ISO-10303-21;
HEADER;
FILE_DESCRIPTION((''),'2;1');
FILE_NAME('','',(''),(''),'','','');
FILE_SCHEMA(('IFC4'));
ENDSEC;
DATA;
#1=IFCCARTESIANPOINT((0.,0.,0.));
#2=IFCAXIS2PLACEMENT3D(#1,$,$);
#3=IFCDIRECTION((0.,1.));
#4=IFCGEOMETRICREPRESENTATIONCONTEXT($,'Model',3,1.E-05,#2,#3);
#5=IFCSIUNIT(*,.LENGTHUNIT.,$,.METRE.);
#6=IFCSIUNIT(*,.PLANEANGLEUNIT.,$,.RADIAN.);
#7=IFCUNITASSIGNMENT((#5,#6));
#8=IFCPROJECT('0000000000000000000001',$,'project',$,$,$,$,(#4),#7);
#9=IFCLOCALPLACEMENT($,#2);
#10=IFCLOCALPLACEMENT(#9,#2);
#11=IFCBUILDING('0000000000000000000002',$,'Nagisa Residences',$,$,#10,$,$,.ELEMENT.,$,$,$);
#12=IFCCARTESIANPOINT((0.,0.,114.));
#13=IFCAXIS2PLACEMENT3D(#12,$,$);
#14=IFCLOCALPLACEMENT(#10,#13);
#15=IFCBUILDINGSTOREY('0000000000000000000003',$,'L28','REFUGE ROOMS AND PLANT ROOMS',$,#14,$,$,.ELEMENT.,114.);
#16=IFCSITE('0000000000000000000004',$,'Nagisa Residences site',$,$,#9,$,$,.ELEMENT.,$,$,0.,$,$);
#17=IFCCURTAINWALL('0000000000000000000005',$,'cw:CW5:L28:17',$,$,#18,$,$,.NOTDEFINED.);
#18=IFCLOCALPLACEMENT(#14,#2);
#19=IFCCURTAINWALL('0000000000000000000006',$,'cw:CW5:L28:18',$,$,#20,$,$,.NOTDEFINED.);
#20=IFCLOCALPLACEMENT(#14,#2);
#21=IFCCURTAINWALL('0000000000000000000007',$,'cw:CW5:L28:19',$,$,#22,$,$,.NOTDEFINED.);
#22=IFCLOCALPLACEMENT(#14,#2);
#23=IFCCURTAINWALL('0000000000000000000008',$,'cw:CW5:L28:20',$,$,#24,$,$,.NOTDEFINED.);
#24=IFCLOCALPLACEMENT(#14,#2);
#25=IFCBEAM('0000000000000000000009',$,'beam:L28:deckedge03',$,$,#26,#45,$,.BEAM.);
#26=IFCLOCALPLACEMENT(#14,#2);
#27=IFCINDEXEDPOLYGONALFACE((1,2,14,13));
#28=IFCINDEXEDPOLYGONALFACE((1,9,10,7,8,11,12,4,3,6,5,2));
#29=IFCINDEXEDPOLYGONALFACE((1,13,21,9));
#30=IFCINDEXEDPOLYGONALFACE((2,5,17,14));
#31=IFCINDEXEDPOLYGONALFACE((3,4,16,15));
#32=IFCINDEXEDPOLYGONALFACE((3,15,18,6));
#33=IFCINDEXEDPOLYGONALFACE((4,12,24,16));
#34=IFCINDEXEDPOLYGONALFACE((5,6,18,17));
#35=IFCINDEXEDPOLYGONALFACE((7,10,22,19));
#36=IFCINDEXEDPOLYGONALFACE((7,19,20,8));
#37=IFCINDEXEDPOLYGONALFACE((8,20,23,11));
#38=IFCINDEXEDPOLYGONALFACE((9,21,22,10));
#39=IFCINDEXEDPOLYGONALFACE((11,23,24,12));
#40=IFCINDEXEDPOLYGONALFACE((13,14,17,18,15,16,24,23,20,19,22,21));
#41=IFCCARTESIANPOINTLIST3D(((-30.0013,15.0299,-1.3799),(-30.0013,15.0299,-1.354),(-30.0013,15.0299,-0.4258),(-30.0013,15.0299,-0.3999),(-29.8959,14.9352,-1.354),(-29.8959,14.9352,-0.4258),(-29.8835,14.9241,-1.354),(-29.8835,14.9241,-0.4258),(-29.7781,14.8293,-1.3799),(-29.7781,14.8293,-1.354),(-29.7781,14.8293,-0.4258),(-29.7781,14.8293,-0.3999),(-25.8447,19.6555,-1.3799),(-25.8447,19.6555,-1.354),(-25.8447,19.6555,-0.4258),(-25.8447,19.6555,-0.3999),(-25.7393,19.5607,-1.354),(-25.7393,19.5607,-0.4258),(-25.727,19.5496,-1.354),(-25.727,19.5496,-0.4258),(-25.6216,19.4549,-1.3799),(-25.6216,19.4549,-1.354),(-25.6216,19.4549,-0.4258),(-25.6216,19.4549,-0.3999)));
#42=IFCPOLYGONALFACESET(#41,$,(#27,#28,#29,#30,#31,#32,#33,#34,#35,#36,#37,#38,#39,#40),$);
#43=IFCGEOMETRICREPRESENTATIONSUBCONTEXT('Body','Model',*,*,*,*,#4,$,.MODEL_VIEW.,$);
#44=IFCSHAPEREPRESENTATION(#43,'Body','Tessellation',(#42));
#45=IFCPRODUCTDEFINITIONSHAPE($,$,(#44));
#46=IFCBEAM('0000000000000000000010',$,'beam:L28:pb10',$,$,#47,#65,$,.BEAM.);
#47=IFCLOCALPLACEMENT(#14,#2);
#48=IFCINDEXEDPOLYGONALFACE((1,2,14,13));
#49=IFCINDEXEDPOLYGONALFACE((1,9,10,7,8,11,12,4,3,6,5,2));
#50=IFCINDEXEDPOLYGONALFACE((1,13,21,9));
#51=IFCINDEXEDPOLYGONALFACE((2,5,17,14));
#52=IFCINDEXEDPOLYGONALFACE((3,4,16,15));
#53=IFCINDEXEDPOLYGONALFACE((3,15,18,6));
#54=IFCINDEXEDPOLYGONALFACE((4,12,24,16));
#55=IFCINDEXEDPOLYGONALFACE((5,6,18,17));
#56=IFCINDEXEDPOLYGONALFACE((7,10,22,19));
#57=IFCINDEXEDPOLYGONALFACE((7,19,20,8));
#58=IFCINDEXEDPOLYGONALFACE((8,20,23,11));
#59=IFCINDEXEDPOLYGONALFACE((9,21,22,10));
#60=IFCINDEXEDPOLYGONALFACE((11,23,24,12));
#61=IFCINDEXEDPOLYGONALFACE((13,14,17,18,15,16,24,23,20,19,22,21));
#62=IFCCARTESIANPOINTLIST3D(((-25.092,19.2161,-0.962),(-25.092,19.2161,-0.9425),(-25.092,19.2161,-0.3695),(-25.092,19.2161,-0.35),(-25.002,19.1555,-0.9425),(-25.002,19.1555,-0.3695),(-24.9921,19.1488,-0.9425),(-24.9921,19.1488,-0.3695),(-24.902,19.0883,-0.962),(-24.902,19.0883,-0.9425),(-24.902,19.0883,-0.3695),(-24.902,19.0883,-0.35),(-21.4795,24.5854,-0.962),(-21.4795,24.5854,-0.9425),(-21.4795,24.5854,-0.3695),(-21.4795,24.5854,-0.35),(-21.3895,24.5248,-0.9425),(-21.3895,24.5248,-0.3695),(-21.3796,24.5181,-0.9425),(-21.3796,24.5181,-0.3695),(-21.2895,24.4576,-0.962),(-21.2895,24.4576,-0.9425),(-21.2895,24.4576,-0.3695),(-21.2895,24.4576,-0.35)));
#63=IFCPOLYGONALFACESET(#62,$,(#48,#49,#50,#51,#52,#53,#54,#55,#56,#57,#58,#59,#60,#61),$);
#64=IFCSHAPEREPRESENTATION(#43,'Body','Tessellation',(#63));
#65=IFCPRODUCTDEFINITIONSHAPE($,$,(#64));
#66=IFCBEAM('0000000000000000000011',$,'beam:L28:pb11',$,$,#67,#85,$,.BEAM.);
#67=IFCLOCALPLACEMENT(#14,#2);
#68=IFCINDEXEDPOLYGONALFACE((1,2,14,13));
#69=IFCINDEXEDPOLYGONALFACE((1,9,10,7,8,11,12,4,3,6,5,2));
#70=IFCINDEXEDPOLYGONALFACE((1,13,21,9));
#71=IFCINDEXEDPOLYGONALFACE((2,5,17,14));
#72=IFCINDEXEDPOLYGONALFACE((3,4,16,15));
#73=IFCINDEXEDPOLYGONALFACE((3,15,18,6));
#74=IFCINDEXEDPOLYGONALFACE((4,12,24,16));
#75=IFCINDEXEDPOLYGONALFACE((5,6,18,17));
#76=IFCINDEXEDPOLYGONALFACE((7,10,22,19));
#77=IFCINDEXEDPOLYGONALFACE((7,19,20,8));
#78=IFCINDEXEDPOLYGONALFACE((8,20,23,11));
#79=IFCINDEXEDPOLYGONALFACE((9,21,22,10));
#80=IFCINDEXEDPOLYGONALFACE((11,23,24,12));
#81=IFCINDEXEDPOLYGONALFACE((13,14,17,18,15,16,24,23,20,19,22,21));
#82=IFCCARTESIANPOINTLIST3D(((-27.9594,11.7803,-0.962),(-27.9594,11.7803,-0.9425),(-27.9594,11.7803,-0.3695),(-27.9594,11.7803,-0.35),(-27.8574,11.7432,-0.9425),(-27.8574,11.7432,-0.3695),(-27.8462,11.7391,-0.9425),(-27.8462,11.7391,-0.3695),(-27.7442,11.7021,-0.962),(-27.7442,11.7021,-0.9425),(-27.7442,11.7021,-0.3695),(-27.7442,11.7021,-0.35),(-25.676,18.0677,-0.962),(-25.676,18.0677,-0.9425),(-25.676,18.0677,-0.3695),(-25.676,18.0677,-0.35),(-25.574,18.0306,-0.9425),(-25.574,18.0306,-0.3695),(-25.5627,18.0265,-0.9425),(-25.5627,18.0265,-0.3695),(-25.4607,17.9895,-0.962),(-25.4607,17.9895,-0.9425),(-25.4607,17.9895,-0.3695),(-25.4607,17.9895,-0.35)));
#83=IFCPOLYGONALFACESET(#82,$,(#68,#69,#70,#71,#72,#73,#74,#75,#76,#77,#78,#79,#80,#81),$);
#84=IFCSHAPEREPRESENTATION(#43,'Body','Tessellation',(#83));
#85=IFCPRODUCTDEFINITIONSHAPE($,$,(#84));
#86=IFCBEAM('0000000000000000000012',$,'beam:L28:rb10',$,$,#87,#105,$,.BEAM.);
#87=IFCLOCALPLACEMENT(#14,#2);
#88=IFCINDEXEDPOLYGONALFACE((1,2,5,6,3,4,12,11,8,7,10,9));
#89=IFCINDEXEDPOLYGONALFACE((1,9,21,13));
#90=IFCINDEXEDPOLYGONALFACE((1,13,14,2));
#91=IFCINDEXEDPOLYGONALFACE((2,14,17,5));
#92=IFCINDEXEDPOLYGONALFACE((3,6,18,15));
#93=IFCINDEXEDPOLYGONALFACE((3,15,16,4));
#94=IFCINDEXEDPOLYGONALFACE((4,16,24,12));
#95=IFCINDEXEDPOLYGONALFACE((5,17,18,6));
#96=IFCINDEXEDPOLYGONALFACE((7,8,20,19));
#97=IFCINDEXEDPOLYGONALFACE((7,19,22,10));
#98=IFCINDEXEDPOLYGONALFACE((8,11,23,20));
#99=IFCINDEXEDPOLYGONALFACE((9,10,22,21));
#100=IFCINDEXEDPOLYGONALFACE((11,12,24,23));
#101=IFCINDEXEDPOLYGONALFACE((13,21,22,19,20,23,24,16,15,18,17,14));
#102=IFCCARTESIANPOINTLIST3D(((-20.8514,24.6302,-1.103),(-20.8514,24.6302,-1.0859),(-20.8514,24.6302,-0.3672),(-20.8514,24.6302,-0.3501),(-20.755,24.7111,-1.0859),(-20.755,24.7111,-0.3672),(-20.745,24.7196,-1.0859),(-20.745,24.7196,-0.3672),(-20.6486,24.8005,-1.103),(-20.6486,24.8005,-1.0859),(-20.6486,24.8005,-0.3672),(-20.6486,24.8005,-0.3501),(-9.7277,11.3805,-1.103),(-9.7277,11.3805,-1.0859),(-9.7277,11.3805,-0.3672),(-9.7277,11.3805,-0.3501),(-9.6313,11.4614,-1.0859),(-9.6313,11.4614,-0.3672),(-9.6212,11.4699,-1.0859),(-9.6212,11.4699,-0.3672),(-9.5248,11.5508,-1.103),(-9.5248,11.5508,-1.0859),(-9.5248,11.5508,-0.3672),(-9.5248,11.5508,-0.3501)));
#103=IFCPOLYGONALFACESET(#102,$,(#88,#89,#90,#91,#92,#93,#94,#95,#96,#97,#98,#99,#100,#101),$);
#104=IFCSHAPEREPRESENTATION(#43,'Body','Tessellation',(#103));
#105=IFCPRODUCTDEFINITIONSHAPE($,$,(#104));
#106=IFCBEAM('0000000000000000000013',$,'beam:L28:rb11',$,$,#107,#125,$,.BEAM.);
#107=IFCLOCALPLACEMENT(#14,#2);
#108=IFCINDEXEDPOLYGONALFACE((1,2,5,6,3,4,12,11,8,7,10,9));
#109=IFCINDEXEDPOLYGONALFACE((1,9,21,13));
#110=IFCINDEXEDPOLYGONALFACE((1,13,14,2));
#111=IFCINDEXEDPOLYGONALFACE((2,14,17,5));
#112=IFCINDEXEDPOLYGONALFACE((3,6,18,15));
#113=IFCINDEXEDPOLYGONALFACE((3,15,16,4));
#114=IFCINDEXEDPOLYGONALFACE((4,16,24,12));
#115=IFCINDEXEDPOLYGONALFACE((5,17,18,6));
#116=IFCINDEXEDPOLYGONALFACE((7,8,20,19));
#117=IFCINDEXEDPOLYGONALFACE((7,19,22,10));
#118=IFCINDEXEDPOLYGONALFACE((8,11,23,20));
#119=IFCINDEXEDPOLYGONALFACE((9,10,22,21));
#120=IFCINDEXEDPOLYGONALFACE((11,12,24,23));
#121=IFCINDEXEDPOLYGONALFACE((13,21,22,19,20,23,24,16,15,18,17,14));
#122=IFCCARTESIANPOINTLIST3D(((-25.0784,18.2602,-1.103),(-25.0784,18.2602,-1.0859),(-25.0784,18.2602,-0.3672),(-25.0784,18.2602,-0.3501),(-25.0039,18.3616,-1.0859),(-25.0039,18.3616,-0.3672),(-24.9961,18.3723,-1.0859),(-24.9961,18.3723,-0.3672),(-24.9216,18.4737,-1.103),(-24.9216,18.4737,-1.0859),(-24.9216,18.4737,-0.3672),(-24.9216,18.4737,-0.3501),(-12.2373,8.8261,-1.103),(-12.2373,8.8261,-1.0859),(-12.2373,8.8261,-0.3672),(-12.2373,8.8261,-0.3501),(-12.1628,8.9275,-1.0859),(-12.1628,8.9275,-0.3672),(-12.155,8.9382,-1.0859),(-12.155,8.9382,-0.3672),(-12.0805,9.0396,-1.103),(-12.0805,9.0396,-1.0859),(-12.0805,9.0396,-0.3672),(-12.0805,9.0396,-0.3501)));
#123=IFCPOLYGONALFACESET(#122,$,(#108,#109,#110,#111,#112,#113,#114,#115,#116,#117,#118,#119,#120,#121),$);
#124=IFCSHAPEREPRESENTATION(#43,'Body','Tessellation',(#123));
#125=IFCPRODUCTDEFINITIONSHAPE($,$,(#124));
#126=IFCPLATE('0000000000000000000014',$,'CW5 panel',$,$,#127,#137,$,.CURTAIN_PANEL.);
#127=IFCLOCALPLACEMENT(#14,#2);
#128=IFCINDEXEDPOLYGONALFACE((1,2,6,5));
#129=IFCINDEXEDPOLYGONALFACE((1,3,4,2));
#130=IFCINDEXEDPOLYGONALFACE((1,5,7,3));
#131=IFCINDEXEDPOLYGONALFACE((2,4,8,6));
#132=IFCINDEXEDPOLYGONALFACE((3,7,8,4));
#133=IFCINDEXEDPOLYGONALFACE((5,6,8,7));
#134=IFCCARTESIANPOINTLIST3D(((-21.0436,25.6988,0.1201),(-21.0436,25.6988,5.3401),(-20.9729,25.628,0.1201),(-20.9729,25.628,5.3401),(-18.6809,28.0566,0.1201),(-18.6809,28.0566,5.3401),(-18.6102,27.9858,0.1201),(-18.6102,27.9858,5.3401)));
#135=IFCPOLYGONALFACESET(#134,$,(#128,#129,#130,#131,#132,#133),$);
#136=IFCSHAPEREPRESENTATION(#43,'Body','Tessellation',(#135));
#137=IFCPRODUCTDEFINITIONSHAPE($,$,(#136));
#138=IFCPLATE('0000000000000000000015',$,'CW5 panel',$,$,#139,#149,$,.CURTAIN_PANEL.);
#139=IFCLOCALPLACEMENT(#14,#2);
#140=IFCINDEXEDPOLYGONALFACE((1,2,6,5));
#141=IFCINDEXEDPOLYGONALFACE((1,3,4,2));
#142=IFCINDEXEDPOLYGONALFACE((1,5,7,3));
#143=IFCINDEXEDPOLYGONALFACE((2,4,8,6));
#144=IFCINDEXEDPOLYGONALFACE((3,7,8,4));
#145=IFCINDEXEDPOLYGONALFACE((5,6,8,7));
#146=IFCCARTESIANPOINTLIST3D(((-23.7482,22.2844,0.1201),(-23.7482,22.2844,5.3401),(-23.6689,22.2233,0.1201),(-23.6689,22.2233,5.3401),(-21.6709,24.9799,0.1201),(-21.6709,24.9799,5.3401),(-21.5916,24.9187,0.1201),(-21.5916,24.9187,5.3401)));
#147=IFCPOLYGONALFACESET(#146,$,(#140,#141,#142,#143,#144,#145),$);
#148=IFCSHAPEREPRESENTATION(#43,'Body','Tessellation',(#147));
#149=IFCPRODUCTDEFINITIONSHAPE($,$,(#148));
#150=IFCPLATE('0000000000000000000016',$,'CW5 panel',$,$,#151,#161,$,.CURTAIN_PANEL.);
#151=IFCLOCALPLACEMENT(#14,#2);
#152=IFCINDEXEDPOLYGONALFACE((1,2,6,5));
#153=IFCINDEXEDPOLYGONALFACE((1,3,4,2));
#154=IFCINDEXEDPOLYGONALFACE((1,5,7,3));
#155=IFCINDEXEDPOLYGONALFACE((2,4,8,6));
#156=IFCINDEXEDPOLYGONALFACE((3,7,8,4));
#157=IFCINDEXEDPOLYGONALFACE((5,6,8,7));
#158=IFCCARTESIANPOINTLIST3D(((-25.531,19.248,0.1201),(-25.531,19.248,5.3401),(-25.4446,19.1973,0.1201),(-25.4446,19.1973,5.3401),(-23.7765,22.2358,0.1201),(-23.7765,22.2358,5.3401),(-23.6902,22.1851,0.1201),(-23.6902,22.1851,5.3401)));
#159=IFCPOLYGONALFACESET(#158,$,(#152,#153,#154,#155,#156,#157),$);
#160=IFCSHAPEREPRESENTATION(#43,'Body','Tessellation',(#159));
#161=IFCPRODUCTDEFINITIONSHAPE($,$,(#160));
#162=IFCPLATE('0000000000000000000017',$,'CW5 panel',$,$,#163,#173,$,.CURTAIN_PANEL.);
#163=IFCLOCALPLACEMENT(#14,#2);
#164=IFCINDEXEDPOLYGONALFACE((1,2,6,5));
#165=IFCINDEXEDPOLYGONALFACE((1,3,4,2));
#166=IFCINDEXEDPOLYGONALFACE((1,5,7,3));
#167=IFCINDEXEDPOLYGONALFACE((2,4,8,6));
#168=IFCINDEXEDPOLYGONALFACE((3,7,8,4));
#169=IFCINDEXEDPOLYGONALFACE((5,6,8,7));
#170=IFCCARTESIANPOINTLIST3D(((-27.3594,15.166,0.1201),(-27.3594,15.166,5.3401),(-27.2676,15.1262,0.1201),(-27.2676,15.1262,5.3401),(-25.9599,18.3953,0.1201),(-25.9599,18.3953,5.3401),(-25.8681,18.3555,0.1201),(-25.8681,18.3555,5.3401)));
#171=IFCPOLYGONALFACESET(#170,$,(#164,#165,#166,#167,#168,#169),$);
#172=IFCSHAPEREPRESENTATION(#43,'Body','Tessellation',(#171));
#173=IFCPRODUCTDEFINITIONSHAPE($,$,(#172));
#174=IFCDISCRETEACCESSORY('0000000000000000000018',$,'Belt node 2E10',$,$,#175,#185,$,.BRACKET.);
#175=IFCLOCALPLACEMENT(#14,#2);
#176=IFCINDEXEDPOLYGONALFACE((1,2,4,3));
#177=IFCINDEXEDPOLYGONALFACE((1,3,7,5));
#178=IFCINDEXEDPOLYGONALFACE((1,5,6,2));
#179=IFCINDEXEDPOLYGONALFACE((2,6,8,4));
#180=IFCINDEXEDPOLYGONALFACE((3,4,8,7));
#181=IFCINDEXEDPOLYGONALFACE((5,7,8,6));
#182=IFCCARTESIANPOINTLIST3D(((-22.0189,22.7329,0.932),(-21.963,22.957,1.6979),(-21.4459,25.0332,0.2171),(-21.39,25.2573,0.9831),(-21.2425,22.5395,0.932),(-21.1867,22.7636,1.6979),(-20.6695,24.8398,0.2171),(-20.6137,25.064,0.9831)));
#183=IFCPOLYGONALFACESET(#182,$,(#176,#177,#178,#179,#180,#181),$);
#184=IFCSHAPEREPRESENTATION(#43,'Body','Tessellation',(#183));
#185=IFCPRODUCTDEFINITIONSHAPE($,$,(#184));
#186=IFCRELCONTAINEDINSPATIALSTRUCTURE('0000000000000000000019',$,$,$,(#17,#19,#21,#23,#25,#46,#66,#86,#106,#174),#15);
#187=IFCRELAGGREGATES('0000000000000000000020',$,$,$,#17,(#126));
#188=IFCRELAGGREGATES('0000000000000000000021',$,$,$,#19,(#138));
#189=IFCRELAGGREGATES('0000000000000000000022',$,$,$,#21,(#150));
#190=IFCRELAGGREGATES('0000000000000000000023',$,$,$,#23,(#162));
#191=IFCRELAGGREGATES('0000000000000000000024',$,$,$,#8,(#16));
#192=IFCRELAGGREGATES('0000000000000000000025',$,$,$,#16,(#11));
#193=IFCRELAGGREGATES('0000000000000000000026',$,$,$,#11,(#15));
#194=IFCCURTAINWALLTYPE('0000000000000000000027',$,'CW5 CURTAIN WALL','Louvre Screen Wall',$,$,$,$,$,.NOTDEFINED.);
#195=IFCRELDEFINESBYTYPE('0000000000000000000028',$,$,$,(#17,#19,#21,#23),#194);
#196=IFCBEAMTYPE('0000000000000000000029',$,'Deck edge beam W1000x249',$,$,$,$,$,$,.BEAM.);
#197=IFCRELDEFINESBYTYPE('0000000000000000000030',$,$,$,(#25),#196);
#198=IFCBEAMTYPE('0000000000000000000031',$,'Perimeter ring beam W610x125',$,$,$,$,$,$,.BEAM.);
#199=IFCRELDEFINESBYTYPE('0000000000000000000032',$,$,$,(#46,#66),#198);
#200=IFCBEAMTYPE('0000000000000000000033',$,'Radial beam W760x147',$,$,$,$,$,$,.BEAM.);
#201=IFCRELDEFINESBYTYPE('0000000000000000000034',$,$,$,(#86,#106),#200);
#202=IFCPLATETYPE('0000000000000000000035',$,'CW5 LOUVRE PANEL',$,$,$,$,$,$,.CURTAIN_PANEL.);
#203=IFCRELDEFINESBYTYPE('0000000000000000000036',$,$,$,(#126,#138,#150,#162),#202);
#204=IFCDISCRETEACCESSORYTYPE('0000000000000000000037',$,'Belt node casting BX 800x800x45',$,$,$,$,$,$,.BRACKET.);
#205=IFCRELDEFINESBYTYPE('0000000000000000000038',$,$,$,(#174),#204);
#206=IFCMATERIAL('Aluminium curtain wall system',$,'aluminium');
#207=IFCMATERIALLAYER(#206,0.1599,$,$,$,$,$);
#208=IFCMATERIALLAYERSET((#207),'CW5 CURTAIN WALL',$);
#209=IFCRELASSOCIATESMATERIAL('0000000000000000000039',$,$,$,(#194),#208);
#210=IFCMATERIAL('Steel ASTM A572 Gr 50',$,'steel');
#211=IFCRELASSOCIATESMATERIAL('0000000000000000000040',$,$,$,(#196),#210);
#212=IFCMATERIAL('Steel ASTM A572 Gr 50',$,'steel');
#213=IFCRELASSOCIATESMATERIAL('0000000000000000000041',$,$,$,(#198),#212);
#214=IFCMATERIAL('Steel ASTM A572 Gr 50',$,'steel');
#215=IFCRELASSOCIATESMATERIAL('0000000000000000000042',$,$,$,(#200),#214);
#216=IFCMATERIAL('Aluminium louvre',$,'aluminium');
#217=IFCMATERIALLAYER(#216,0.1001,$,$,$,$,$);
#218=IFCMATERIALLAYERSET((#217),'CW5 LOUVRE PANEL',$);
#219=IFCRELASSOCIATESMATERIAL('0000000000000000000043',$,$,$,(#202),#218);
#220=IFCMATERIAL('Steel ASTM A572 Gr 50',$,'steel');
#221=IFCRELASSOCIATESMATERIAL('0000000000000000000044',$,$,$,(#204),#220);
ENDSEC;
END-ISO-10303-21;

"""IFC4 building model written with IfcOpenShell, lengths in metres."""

from ifc_helpers import new_model, si_unit, direction, frame, origin, origin_2d, place, context, subcontext, project, spatial, rectangle, i_section, extrude, material, layer, layer_set, material_profile, profile_set, type_object, element, aggregate, save


model = new_model("IFC4")

# Units and contexts
model_context = context("Model", 3, precision=1e-05, world=origin(), true_north=direction((0.0, 1.0)))
body_context = subcontext(model_context, "Body", "Model", "MODEL_VIEW")
ifc_project = project(units=[si_unit("LENGTHUNIT", "METRE"), si_unit("PLANEANGLEUNIT", "RADIAN")], contexts=[model_context])

# Site, building, storey
site_placement = place(None, origin())
site = spatial("IfcSite", under=ifc_project, at=site_placement, Name="Nagisa Residences site", CompositionType="ELEMENT", RefElevation=0.0)
building_placement = place(site_placement, origin())
building = spatial("IfcBuilding", under=site, at=building_placement, Name="Nagisa Residences", CompositionType="ELEMENT")
storey_placement = place(building_placement, frame((0.0, 0.0, 114.0)))
storey = spatial("IfcBuildingStorey", under=building, at=storey_placement, Name="L28", Description="REFUGE ROOMS AND PLANT ROOMS", CompositionType="ELEMENT", Elevation=114.0)

# Curtain walls
ifc_material_1 = material(Name="Aluminium curtain wall system", Category="aluminium")
ifc_layer_1 = layer(ifc_material_1, 0.1599)
ifc_layer_set_1 = layer_set([ifc_layer_1], Name="CW5 CURTAIN WALL")
curtain_wall_type = type_object("IfcCurtainWallType", Name="CW5 CURTAIN WALL", Description="Louvre Screen Wall", PredefinedType="NOTDEFINED", material=ifc_layer_set_1)
curtain_wall_1_placement = place(storey_placement, origin())
curtain_wall_1 = element("IfcCurtainWall", 1, at=curtain_wall_1_placement, inside=storey, type_object=curtain_wall_type, Name="cw:CW5:L28:17", PredefinedType="NOTDEFINED")
curtain_wall_2_placement = place(storey_placement, origin())
curtain_wall_2 = element("IfcCurtainWall", 2, at=curtain_wall_2_placement, inside=storey, type_object=curtain_wall_type, Name="cw:CW5:L28:18", PredefinedType="NOTDEFINED")
curtain_wall_3_placement = place(storey_placement, origin())
curtain_wall_3 = element("IfcCurtainWall", 3, at=curtain_wall_3_placement, inside=storey, type_object=curtain_wall_type, Name="cw:CW5:L28:19", PredefinedType="NOTDEFINED")
curtain_wall_4_placement = place(storey_placement, origin())
curtain_wall_4 = element("IfcCurtainWall", 4, at=curtain_wall_4_placement, inside=storey, type_object=curtain_wall_type, Name="cw:CW5:L28:20", PredefinedType="NOTDEFINED")

# Beams
ifc_material_2 = material(Name="Steel ASTM A572 Gr 50", Category="steel")
ifc_material_profile_1 = material_profile(ifc_material_2, i_section(OverallWidth=0.3, OverallDepth=0.98, WebThickness=0.0166, FlangeThickness=0.0259, at=origin_2d()), Name="W1000x249")
ifc_profile_set_1 = profile_set([ifc_material_profile_1], Name="Steel ASTM A572 Gr 50")
beam_type_1 = type_object("IfcBeamType", Name="Deck edge beam W1000x249", PredefinedType="BEAM", material=ifc_profile_set_1)
beam_1_placement = place(storey_placement, frame((-25.7332, 19.5552, -0.8899), z_axis=(-0.668392, -0.743809, 0.0), x_axis=(0.743809, -0.668392, 0.0)))
element("IfcBeam", 5, at=beam_1_placement, inside=storey, type_object=beam_type_1, Name="beam:L28:deckedge03", PredefinedType="BEAM", context=body_context, shape_type="SweptSolid", body=[
    extrude(i_section(OverallWidth=0.3, OverallDepth=0.98, WebThickness=0.0166, FlangeThickness=0.0259, at=origin_2d()), origin(), (0.0, 0.0, 1.0), 6.2188),
])
ifc_material_3 = material(Name="Steel ASTM A572 Gr 50", Category="steel")
ifc_material_profile_2 = material_profile(ifc_material_3, i_section(OverallWidth=0.229, OverallDepth=0.6121, WebThickness=0.012, FlangeThickness=0.0195, at=origin_2d()), Name="W610x125")
ifc_profile_set_2 = profile_set([ifc_material_profile_2], Name="Steel ASTM A572 Gr 50")
beam_type_2 = type_object("IfcBeamType", Name="Perimeter ring beam W610x125", PredefinedType="BEAM", material=ifc_profile_set_2)
beam_2_placement = place(storey_placement, frame((-21.3845, 24.5215, -0.656), z_axis=(-0.558221, -0.829692, 0.0), x_axis=(0.829692, -0.558221, 0.0)))
element("IfcBeam", 6, at=beam_2_placement, inside=storey, type_object=beam_type_2, Name="beam:L28:pb10", PredefinedType="BEAM", context=body_context, shape_type="SweptSolid", body=[
    extrude(i_section(OverallWidth=0.229, OverallDepth=0.6121, WebThickness=0.012, FlangeThickness=0.0195, at=origin_2d()), origin(), (0.0, 0.0, 1.0), 6.4714),
])
beam_3_placement = place(storey_placement, frame((-25.5684, 18.0286, -0.656), z_axis=(-0.341365, -0.939931, 0.0), x_axis=(0.939931, -0.341365, 0.0)))
element("IfcBeam", 7, at=beam_3_placement, inside=storey, type_object=beam_type_2, Name="beam:L28:pb11", PredefinedType="BEAM", context=body_context, shape_type="SweptSolid", body=[
    extrude(i_section(OverallWidth=0.229, OverallDepth=0.6121, WebThickness=0.012, FlangeThickness=0.0195, at=origin_2d()), origin(), (0.0, 0.0, 1.0), 6.6892),
])
ifc_material_4 = material(Name="Steel ASTM A572 Gr 50", Category="steel")
ifc_material_profile_3 = material_profile(ifc_material_4, i_section(OverallWidth=0.2649, OverallDepth=0.7529, WebThickness=0.0132, FlangeThickness=0.0171, at=origin_2d()), Name="W760x147")
ifc_profile_set_3 = profile_set([ifc_material_profile_3], Name="Steel ASTM A572 Gr 50")
beam_type_3 = type_object("IfcBeamType", Name="Radial beam W760x147", PredefinedType="BEAM", material=ifc_profile_set_3)
beam_4_placement = place(storey_placement, frame((-20.75, 24.7153, -0.7266), z_axis=(0.642988, -0.765876, 0.0), x_axis=(0.765876, 0.642988, 0.0)))
element("IfcBeam", 8, at=beam_4_placement, inside=storey, type_object=beam_type_3, Name="beam:L28:rb10", PredefinedType="BEAM", context=body_context, shape_type="SweptSolid", body=[
    extrude(i_section(OverallWidth=0.2649, OverallDepth=0.7529, WebThickness=0.0132, FlangeThickness=0.0171, at=origin_2d()), origin(), (0.0, 0.0, 1.0), 17.3),
])
beam_5_placement = place(storey_placement, frame((-25.0, 18.3669, -0.7266), z_axis=(0.805887, -0.59207, 0.0), x_axis=(0.59207, 0.805887, 0.0)))
element("IfcBeam", 9, at=beam_5_placement, inside=storey, type_object=beam_type_3, Name="beam:L28:rb11", PredefinedType="BEAM", context=body_context, shape_type="SweptSolid", body=[
    extrude(i_section(OverallWidth=0.2649, OverallDepth=0.7529, WebThickness=0.0132, FlangeThickness=0.0171, at=origin_2d()), origin(), (0.0, 0.0, 1.0), 15.9341),
])

# Plates
ifc_material_5 = material(Name="Aluminium louvre", Category="aluminium")
ifc_layer_2 = layer(ifc_material_5, 0.1001)
ifc_layer_set_2 = layer_set([ifc_layer_2], Name="CW5 LOUVRE PANEL")
plate_type = type_object("IfcPlateType", Name="CW5 LOUVRE PANEL", PredefinedType="CURTAIN_PANEL", material=ifc_layer_set_2)
plate_1_placement = place(storey_placement, frame((-19.8269, 26.8423, 0.1201), z_axis=(0.0, 0.0, 1.0), x_axis=(-0.707836, -0.706377, 0.0)))
plate_1 = element("IfcPlate", 10, at=plate_1_placement, type_object=plate_type, Name="CW5 panel", PredefinedType="CURTAIN_PANEL", context=body_context, shape_type="SweptSolid", body=[
    extrude(rectangle(XDim=3.3379, YDim=0.1001, at=origin_2d()), origin(), (0.0, 0.0, 1.0), 5.22),
])
aggregate(curtain_wall_1, [plate_1])
plate_2_placement = place(storey_placement, frame((-22.6699, 23.6016, 0.1201), z_axis=(0.0, 0.0, 1.0), x_axis=(-0.61043, -0.79207, 0.0)))
plate_2 = element("IfcPlate", 11, at=plate_2_placement, type_object=plate_type, Name="CW5 panel", PredefinedType="CURTAIN_PANEL", context=body_context, shape_type="SweptSolid", body=[
    extrude(rectangle(XDim=3.4031, YDim=0.1001, at=origin_2d()), origin(), (0.0, 0.0, 1.0), 5.22),
])
aggregate(curtain_wall_2, [plate_2])
plate_3_placement = place(storey_placement, frame((-24.6106, 20.7166, 0.1201), z_axis=(0.0, 0.0, 1.0), x_axis=(-0.506349, -0.862329, 0.0)))
plate_3 = element("IfcPlate", 12, at=plate_3_placement, type_object=plate_type, Name="CW5 panel", PredefinedType="CURTAIN_PANEL", context=body_context, shape_type="SweptSolid", body=[
    extrude(rectangle(XDim=3.4648, YDim=0.1001, at=origin_2d()), origin(), (0.0, 0.0, 1.0), 5.22),
])
aggregate(curtain_wall_3, [plate_3])
plate_4_placement = place(storey_placement, frame((-26.6138, 16.7607, 0.1201), z_axis=(0.0, 0.0, 1.0), x_axis=(-0.397636, -0.917543, 0.0)))
plate_4 = element("IfcPlate", 13, at=plate_4_placement, type_object=plate_type, Name="CW5 panel", PredefinedType="CURTAIN_PANEL", context=body_context, shape_type="SweptSolid", body=[
    extrude(rectangle(XDim=3.5195, YDim=0.1001, at=origin_2d()), origin(), (0.0, 0.0, 1.0), 5.22),
])
aggregate(curtain_wall_4, [plate_4])

# Discrete accessory
ifc_material_6 = material(Name="Steel ASTM A572 Gr 50", Category="steel")
discrete_accessory_type = type_object("IfcDiscreteAccessoryType", Name="Belt node casting BX 800x800x45", PredefinedType="BRACKET", material=ifc_material_6)
discrete_accessory_1_placement = place(storey_placement, frame((-21.0298, 25.0486, 0.6001), z_axis=(-0.231419, -0.929028, 0.288707), x_axis=(0.970348, -0.241712, 0.0)))
element("IfcDiscreteAccessory", 14, at=discrete_accessory_1_placement, inside=storey, type_object=discrete_accessory_type, Name="Belt node 2E10", PredefinedType="BRACKET", context=body_context, shape_type="SweptSolid", body=[
    extrude(rectangle(XDim=0.8, YDim=0.8, at=origin_2d()), origin(), (0.0, 0.0, 1.0), 2.4761),
])

save(model, "model.ifc")
